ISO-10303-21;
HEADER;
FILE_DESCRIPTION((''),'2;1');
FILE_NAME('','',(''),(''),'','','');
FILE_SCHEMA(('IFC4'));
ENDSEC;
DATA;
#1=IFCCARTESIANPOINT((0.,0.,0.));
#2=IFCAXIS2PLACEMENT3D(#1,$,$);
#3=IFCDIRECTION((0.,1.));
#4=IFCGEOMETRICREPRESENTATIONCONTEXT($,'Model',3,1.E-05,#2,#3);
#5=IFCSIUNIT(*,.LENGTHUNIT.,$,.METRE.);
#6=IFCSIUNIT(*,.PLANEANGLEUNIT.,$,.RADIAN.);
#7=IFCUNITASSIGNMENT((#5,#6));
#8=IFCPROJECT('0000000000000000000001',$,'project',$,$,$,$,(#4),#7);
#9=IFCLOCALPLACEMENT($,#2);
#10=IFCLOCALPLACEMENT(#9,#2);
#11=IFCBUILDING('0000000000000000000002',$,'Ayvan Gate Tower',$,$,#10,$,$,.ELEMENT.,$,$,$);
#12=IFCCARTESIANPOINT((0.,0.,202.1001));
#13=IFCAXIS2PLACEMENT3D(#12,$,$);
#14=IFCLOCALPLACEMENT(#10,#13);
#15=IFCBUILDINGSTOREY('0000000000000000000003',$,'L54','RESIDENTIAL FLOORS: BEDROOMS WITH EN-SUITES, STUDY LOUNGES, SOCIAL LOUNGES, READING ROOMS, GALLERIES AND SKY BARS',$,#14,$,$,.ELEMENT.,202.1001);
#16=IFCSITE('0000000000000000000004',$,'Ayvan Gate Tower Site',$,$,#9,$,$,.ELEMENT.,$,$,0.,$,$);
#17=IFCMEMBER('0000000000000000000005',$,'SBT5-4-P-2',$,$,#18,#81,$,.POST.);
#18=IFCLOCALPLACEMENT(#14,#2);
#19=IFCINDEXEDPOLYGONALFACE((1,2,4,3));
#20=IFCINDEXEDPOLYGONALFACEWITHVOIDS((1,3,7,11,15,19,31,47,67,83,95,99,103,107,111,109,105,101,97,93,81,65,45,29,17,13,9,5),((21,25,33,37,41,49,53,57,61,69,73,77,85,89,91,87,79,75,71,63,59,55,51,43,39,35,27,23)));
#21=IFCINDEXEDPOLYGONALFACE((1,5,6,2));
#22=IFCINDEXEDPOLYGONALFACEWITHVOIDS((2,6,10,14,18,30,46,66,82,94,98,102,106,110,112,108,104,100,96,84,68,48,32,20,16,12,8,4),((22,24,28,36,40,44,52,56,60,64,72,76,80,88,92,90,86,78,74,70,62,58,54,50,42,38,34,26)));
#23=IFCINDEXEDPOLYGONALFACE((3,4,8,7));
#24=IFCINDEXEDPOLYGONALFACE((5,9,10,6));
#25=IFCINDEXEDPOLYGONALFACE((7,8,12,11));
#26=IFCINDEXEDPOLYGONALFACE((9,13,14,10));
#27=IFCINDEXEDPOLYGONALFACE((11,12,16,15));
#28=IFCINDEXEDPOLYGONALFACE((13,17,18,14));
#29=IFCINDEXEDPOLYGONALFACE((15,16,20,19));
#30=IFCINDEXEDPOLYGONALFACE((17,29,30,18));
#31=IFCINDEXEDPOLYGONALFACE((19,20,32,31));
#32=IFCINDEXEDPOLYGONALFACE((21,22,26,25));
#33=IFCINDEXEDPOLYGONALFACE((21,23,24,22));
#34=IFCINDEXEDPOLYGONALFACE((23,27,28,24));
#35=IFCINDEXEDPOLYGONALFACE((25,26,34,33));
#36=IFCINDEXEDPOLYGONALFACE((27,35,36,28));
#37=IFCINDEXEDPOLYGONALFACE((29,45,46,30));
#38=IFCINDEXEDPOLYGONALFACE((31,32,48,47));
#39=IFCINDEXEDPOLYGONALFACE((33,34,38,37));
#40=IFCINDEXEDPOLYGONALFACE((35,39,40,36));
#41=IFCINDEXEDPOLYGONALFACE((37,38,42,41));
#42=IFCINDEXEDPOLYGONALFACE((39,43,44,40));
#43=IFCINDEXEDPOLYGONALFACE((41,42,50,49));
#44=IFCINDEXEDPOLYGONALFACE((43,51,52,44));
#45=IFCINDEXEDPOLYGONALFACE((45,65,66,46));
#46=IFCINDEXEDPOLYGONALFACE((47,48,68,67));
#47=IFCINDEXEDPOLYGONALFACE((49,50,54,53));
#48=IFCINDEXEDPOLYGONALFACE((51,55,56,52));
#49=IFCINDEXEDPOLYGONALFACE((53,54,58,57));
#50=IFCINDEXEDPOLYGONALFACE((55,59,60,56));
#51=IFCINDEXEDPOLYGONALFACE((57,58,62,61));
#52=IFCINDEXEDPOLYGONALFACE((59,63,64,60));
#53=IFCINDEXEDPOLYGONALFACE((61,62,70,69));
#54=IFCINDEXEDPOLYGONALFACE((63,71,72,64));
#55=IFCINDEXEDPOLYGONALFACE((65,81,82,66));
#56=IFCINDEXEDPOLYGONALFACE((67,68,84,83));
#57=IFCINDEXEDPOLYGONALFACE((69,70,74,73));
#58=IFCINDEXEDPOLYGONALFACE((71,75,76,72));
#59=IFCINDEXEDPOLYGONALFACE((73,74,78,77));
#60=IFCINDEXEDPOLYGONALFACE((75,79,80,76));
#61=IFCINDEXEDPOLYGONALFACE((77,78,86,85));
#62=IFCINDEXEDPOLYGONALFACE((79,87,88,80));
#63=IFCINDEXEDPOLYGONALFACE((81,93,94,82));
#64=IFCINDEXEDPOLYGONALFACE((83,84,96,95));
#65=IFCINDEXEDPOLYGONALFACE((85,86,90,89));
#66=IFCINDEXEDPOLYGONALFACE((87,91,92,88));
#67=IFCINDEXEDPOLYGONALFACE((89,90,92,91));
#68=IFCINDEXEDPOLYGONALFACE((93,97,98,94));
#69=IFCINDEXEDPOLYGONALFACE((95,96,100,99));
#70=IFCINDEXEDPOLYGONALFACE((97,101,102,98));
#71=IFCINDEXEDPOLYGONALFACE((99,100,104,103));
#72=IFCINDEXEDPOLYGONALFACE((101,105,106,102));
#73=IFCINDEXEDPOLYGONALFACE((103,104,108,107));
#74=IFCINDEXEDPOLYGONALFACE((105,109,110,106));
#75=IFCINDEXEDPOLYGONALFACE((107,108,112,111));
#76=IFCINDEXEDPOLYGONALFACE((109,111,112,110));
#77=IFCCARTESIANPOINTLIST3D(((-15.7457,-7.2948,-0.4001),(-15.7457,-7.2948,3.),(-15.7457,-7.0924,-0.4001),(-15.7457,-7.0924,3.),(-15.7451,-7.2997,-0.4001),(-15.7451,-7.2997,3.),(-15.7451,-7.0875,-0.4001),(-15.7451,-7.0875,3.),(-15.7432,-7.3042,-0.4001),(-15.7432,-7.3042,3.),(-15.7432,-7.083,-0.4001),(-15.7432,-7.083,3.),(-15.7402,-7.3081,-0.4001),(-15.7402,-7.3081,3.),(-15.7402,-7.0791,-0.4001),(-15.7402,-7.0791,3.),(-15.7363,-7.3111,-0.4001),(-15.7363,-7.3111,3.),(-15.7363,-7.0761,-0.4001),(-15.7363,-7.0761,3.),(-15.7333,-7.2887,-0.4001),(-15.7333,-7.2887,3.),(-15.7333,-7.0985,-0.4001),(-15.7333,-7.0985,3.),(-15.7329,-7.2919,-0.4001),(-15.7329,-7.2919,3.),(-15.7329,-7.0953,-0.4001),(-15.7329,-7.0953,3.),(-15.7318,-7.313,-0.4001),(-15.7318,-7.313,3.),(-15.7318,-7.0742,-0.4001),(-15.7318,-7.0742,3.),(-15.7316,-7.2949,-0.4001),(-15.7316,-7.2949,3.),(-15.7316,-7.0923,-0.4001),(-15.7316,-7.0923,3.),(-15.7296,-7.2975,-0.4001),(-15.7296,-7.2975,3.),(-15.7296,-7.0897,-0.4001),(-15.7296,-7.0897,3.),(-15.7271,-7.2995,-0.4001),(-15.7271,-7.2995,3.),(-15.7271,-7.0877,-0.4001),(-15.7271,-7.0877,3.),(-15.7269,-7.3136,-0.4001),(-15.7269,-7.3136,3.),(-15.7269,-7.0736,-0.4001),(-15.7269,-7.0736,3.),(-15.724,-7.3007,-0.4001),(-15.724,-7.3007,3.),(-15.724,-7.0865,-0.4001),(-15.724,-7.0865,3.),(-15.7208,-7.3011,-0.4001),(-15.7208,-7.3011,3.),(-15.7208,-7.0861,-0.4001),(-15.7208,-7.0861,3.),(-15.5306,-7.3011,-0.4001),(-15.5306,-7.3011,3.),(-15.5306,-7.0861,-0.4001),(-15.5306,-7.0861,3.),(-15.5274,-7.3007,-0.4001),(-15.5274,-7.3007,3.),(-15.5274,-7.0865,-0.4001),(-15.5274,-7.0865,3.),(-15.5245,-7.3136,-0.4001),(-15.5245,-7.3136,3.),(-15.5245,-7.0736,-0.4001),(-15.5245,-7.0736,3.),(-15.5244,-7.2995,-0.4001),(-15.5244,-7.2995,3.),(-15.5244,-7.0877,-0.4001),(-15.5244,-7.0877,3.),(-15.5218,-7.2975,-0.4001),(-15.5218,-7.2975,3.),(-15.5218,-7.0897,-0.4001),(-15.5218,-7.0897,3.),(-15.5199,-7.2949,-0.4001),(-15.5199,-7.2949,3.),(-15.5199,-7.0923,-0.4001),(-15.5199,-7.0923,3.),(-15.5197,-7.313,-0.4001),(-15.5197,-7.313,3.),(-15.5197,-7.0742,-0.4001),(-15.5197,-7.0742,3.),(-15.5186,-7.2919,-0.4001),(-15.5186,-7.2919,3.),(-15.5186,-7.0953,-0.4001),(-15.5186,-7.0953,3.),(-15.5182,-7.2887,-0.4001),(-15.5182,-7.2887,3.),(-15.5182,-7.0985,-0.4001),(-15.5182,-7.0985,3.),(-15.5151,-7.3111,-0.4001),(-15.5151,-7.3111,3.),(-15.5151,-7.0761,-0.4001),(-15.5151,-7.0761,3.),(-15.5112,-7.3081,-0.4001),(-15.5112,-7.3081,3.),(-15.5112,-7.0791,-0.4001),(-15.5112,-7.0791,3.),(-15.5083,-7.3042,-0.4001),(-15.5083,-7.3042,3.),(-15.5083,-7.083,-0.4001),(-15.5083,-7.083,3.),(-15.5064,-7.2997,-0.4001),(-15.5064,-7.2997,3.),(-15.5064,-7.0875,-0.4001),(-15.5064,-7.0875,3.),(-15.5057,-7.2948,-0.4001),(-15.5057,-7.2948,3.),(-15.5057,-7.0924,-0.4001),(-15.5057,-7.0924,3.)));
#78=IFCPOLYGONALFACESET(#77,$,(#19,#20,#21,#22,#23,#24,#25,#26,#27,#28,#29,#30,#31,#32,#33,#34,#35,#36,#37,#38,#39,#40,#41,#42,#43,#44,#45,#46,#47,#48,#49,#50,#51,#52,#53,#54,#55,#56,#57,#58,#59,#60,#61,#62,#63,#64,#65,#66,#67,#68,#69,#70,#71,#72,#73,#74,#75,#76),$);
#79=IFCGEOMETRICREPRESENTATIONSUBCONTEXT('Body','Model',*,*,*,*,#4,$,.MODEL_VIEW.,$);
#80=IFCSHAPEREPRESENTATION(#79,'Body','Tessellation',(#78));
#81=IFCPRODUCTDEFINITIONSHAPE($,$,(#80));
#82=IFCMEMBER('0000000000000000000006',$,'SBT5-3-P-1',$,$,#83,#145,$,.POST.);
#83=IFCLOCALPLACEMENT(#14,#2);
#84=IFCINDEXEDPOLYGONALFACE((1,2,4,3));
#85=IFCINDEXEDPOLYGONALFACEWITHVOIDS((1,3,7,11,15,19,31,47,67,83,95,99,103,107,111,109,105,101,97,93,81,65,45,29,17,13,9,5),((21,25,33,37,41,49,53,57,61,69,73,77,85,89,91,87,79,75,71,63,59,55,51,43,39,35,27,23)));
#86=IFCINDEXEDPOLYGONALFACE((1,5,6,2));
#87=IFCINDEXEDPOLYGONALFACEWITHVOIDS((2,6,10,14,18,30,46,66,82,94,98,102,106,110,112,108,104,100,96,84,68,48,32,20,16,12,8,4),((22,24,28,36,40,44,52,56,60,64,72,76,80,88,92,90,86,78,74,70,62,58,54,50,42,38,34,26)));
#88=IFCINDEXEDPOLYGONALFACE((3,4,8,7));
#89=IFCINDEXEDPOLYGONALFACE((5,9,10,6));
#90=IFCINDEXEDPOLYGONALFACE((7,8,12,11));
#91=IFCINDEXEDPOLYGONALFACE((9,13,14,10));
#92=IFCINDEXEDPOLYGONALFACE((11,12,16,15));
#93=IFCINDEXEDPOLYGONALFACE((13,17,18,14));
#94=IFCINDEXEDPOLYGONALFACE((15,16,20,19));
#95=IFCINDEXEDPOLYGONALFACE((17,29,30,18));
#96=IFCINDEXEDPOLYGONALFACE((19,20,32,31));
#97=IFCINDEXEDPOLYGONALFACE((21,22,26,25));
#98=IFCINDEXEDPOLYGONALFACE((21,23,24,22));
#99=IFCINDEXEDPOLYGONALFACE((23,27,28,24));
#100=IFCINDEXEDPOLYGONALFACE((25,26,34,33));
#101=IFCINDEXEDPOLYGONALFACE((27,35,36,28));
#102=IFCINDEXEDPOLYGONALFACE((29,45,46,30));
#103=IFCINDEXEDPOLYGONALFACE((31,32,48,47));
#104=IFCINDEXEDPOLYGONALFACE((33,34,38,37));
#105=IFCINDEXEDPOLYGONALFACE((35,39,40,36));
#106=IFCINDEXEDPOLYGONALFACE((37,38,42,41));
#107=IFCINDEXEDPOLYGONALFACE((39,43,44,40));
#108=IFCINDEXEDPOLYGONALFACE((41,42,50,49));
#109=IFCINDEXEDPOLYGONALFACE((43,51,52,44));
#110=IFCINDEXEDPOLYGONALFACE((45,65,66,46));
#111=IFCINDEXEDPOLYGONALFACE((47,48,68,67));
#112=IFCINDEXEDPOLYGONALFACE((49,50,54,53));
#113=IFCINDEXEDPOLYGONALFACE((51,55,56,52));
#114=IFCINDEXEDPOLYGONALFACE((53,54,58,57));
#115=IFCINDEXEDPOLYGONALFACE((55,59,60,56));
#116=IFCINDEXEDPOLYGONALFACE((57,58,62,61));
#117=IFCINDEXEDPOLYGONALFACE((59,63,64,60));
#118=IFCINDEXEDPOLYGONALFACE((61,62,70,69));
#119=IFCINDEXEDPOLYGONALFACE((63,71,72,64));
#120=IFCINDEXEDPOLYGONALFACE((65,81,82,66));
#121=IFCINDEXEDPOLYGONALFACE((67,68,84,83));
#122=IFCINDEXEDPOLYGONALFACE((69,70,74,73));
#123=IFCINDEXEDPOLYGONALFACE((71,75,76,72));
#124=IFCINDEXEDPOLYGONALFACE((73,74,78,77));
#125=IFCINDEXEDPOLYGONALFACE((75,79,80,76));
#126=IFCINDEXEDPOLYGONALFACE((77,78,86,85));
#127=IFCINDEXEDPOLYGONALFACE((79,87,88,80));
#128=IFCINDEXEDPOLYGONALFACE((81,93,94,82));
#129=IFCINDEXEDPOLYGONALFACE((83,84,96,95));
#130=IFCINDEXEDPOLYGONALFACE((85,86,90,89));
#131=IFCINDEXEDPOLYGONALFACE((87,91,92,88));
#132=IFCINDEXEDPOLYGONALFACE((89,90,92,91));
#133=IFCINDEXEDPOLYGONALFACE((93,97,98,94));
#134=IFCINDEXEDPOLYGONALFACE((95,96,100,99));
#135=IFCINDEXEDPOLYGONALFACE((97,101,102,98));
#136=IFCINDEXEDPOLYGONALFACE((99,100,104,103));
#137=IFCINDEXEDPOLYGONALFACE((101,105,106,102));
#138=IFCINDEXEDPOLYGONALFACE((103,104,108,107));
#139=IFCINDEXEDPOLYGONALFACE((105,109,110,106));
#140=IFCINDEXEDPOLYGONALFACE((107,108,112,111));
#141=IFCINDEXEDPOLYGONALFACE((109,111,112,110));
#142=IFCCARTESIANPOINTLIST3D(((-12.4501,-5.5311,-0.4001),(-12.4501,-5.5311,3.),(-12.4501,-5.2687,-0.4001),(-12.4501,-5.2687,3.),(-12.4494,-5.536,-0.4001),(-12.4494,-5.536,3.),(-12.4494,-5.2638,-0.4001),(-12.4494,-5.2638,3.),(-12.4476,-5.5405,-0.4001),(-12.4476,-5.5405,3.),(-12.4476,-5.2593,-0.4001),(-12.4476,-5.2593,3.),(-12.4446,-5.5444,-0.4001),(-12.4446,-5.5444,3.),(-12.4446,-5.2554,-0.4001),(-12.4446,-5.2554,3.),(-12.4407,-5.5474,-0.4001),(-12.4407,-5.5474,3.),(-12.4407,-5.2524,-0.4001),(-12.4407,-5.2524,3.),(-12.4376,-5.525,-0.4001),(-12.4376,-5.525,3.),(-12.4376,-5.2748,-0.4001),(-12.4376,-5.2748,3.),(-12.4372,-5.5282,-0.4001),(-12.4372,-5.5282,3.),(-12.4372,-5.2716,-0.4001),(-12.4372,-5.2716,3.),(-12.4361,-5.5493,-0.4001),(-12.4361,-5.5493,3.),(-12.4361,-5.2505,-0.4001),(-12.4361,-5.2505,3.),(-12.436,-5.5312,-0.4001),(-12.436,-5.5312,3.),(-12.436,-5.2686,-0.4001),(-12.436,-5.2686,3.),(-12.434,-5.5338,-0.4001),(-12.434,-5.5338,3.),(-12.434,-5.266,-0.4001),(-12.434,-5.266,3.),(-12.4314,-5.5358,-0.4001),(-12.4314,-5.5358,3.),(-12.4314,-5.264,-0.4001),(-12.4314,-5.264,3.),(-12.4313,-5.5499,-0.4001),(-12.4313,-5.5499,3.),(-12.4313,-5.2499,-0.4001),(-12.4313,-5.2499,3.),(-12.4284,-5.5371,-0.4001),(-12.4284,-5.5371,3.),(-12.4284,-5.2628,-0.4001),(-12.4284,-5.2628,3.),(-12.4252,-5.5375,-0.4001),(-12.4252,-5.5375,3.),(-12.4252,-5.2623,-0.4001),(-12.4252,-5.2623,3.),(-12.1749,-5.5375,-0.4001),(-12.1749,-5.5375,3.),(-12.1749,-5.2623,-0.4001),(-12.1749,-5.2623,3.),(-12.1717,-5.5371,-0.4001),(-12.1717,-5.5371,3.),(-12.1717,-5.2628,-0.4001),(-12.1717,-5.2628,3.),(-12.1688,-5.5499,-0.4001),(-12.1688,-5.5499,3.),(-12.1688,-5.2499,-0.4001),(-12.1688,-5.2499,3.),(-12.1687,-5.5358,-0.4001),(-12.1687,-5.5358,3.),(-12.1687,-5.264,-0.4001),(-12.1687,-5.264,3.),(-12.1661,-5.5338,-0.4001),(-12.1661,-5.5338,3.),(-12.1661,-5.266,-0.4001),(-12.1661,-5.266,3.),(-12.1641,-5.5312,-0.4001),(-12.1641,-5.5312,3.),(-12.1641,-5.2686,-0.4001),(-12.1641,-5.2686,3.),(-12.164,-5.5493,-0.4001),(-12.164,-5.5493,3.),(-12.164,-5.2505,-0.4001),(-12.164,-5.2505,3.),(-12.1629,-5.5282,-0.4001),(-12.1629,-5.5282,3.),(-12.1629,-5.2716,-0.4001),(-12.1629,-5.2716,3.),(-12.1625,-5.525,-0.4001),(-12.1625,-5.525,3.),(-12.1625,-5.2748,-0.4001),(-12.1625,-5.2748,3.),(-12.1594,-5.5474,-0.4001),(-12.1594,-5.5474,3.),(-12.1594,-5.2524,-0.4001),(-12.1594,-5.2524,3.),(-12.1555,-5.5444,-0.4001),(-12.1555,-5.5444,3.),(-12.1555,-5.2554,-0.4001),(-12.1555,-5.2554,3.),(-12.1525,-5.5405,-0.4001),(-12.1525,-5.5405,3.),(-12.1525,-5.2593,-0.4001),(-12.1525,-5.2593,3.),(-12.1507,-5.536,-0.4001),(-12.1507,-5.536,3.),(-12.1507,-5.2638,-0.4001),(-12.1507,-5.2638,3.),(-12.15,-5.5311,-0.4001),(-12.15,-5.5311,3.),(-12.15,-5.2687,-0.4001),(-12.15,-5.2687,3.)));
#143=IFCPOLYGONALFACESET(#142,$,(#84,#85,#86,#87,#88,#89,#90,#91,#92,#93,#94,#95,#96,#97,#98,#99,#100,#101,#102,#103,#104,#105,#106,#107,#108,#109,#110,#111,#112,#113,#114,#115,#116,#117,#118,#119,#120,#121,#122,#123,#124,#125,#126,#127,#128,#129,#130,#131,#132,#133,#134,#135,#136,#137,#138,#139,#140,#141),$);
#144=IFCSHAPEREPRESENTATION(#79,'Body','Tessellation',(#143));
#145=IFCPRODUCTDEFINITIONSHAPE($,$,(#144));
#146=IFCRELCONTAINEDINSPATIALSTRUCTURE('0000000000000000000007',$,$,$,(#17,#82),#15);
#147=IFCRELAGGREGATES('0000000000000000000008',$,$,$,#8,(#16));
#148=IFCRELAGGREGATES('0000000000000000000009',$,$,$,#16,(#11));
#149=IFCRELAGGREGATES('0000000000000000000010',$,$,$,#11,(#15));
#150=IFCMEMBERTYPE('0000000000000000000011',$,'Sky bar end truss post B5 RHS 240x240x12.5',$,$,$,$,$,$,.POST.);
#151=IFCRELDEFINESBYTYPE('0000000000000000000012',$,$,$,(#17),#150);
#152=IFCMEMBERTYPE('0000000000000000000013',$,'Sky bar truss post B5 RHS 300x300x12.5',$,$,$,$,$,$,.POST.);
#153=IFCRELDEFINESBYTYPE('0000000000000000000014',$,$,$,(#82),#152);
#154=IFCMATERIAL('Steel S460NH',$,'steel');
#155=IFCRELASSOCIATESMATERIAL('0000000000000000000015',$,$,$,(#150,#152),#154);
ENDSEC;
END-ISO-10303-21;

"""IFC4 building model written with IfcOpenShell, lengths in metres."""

from ifc_helpers import new_model, si_unit, direction, frame, origin, origin_2d, place, context, subcontext, project, spatial, hollow_rectangle, extrude, material, material_profile, profile_set, type_object, element, save


model = new_model("IFC4")

# Units and contexts
model_context = context("Model", 3, precision=1e-05, world=origin(), true_north=direction((0.0, 1.0)))
body_context = subcontext(model_context, "Body", "Model", "MODEL_VIEW")
ifc_project = project(units=[si_unit("LENGTHUNIT", "METRE"), si_unit("PLANEANGLEUNIT", "RADIAN")], contexts=[model_context])

# Site, building, storey
site_placement = place(None, origin())
site = spatial("IfcSite", under=ifc_project, at=site_placement, Name="Ayvan Gate Tower Site", CompositionType="ELEMENT", RefElevation=0.0)
building_placement = place(site_placement, origin())
building = spatial("IfcBuilding", under=site, at=building_placement, Name="Ayvan Gate Tower", CompositionType="ELEMENT")
storey_placement = place(building_placement, frame((0.0, 0.0, 202.1001)))
storey = spatial("IfcBuildingStorey", under=building, at=storey_placement, Name="L54", Description="RESIDENTIAL FLOORS: BEDROOMS WITH EN-SUITES, STUDY LOUNGES, SOCIAL LOUNGES, READING ROOMS, GALLERIES AND SKY BARS", CompositionType="ELEMENT", Elevation=202.1001)

# Members
ifc_material_1 = material(Name="Steel S460NH", Category="steel")
ifc_material_profile_1 = material_profile(ifc_material_1, hollow_rectangle(XDim=0.24, YDim=0.24, WallThickness=0.0125, InnerFilletRadius=0.0125, OuterFilletRadius=0.0188, at=origin_2d()), Name="RHS 240x240x12.5")
ifc_profile_set_1 = profile_set([ifc_material_profile_1], Name="Steel S460NH")
member_type_1 = type_object("IfcMemberType", Name="Sky bar end truss post B5 RHS 240x240x12.5", PredefinedType="POST", material=ifc_profile_set_1)
for number, where, z_axis, x_axis, name in (
    (1, (-15.6257, -7.1936, -0.4001), (0.0, 0.0, 1.0), (1.0, 0.0, 0.0), "SBT5-4-P-2"),
):
    element("IfcMember", number, at=place(storey_placement, frame(where, z_axis=z_axis, x_axis=x_axis)), inside=storey, type_object=member_type_1, Name=name, PredefinedType="POST", context=body_context, shape_type="SweptSolid", body=[
        extrude(hollow_rectangle(XDim=0.24, YDim=0.24, WallThickness=0.0125, InnerFilletRadius=0.0125, OuterFilletRadius=0.0188, at=origin_2d()), origin(), (0.0, 0.0, 1.0), 3.4001),
    ])
ifc_material_profile_2 = material_profile(ifc_material_1, hollow_rectangle(XDim=0.3, YDim=0.3, WallThickness=0.0125, InnerFilletRadius=0.0125, OuterFilletRadius=0.0188, at=origin_2d()), Name="RHS 300x300x12.5")
ifc_profile_set_2 = profile_set([ifc_material_profile_2], Name="Steel S460NH")
member_type_2 = type_object("IfcMemberType", Name="Sky bar truss post B5 RHS 300x300x12.5", PredefinedType="POST", material=ifc_profile_set_2)
member_1_placement = place(storey_placement, frame((-12.3, -5.3999, -0.4001), z_axis=(0.0, 0.0, 1.0), x_axis=(1.0, 0.0, 0.0)))
element("IfcMember", 2, at=member_1_placement, inside=storey, type_object=member_type_2, Name="SBT5-3-P-1", PredefinedType="POST", context=body_context, shape_type="SweptSolid", body=[
    extrude(hollow_rectangle(XDim=0.3, YDim=0.3, WallThickness=0.0125, InnerFilletRadius=0.0125, OuterFilletRadius=0.0188, at=origin_2d()), origin(), (0.0, 0.0, 1.0), 3.4001),
])

save(model, "model.ifc")
